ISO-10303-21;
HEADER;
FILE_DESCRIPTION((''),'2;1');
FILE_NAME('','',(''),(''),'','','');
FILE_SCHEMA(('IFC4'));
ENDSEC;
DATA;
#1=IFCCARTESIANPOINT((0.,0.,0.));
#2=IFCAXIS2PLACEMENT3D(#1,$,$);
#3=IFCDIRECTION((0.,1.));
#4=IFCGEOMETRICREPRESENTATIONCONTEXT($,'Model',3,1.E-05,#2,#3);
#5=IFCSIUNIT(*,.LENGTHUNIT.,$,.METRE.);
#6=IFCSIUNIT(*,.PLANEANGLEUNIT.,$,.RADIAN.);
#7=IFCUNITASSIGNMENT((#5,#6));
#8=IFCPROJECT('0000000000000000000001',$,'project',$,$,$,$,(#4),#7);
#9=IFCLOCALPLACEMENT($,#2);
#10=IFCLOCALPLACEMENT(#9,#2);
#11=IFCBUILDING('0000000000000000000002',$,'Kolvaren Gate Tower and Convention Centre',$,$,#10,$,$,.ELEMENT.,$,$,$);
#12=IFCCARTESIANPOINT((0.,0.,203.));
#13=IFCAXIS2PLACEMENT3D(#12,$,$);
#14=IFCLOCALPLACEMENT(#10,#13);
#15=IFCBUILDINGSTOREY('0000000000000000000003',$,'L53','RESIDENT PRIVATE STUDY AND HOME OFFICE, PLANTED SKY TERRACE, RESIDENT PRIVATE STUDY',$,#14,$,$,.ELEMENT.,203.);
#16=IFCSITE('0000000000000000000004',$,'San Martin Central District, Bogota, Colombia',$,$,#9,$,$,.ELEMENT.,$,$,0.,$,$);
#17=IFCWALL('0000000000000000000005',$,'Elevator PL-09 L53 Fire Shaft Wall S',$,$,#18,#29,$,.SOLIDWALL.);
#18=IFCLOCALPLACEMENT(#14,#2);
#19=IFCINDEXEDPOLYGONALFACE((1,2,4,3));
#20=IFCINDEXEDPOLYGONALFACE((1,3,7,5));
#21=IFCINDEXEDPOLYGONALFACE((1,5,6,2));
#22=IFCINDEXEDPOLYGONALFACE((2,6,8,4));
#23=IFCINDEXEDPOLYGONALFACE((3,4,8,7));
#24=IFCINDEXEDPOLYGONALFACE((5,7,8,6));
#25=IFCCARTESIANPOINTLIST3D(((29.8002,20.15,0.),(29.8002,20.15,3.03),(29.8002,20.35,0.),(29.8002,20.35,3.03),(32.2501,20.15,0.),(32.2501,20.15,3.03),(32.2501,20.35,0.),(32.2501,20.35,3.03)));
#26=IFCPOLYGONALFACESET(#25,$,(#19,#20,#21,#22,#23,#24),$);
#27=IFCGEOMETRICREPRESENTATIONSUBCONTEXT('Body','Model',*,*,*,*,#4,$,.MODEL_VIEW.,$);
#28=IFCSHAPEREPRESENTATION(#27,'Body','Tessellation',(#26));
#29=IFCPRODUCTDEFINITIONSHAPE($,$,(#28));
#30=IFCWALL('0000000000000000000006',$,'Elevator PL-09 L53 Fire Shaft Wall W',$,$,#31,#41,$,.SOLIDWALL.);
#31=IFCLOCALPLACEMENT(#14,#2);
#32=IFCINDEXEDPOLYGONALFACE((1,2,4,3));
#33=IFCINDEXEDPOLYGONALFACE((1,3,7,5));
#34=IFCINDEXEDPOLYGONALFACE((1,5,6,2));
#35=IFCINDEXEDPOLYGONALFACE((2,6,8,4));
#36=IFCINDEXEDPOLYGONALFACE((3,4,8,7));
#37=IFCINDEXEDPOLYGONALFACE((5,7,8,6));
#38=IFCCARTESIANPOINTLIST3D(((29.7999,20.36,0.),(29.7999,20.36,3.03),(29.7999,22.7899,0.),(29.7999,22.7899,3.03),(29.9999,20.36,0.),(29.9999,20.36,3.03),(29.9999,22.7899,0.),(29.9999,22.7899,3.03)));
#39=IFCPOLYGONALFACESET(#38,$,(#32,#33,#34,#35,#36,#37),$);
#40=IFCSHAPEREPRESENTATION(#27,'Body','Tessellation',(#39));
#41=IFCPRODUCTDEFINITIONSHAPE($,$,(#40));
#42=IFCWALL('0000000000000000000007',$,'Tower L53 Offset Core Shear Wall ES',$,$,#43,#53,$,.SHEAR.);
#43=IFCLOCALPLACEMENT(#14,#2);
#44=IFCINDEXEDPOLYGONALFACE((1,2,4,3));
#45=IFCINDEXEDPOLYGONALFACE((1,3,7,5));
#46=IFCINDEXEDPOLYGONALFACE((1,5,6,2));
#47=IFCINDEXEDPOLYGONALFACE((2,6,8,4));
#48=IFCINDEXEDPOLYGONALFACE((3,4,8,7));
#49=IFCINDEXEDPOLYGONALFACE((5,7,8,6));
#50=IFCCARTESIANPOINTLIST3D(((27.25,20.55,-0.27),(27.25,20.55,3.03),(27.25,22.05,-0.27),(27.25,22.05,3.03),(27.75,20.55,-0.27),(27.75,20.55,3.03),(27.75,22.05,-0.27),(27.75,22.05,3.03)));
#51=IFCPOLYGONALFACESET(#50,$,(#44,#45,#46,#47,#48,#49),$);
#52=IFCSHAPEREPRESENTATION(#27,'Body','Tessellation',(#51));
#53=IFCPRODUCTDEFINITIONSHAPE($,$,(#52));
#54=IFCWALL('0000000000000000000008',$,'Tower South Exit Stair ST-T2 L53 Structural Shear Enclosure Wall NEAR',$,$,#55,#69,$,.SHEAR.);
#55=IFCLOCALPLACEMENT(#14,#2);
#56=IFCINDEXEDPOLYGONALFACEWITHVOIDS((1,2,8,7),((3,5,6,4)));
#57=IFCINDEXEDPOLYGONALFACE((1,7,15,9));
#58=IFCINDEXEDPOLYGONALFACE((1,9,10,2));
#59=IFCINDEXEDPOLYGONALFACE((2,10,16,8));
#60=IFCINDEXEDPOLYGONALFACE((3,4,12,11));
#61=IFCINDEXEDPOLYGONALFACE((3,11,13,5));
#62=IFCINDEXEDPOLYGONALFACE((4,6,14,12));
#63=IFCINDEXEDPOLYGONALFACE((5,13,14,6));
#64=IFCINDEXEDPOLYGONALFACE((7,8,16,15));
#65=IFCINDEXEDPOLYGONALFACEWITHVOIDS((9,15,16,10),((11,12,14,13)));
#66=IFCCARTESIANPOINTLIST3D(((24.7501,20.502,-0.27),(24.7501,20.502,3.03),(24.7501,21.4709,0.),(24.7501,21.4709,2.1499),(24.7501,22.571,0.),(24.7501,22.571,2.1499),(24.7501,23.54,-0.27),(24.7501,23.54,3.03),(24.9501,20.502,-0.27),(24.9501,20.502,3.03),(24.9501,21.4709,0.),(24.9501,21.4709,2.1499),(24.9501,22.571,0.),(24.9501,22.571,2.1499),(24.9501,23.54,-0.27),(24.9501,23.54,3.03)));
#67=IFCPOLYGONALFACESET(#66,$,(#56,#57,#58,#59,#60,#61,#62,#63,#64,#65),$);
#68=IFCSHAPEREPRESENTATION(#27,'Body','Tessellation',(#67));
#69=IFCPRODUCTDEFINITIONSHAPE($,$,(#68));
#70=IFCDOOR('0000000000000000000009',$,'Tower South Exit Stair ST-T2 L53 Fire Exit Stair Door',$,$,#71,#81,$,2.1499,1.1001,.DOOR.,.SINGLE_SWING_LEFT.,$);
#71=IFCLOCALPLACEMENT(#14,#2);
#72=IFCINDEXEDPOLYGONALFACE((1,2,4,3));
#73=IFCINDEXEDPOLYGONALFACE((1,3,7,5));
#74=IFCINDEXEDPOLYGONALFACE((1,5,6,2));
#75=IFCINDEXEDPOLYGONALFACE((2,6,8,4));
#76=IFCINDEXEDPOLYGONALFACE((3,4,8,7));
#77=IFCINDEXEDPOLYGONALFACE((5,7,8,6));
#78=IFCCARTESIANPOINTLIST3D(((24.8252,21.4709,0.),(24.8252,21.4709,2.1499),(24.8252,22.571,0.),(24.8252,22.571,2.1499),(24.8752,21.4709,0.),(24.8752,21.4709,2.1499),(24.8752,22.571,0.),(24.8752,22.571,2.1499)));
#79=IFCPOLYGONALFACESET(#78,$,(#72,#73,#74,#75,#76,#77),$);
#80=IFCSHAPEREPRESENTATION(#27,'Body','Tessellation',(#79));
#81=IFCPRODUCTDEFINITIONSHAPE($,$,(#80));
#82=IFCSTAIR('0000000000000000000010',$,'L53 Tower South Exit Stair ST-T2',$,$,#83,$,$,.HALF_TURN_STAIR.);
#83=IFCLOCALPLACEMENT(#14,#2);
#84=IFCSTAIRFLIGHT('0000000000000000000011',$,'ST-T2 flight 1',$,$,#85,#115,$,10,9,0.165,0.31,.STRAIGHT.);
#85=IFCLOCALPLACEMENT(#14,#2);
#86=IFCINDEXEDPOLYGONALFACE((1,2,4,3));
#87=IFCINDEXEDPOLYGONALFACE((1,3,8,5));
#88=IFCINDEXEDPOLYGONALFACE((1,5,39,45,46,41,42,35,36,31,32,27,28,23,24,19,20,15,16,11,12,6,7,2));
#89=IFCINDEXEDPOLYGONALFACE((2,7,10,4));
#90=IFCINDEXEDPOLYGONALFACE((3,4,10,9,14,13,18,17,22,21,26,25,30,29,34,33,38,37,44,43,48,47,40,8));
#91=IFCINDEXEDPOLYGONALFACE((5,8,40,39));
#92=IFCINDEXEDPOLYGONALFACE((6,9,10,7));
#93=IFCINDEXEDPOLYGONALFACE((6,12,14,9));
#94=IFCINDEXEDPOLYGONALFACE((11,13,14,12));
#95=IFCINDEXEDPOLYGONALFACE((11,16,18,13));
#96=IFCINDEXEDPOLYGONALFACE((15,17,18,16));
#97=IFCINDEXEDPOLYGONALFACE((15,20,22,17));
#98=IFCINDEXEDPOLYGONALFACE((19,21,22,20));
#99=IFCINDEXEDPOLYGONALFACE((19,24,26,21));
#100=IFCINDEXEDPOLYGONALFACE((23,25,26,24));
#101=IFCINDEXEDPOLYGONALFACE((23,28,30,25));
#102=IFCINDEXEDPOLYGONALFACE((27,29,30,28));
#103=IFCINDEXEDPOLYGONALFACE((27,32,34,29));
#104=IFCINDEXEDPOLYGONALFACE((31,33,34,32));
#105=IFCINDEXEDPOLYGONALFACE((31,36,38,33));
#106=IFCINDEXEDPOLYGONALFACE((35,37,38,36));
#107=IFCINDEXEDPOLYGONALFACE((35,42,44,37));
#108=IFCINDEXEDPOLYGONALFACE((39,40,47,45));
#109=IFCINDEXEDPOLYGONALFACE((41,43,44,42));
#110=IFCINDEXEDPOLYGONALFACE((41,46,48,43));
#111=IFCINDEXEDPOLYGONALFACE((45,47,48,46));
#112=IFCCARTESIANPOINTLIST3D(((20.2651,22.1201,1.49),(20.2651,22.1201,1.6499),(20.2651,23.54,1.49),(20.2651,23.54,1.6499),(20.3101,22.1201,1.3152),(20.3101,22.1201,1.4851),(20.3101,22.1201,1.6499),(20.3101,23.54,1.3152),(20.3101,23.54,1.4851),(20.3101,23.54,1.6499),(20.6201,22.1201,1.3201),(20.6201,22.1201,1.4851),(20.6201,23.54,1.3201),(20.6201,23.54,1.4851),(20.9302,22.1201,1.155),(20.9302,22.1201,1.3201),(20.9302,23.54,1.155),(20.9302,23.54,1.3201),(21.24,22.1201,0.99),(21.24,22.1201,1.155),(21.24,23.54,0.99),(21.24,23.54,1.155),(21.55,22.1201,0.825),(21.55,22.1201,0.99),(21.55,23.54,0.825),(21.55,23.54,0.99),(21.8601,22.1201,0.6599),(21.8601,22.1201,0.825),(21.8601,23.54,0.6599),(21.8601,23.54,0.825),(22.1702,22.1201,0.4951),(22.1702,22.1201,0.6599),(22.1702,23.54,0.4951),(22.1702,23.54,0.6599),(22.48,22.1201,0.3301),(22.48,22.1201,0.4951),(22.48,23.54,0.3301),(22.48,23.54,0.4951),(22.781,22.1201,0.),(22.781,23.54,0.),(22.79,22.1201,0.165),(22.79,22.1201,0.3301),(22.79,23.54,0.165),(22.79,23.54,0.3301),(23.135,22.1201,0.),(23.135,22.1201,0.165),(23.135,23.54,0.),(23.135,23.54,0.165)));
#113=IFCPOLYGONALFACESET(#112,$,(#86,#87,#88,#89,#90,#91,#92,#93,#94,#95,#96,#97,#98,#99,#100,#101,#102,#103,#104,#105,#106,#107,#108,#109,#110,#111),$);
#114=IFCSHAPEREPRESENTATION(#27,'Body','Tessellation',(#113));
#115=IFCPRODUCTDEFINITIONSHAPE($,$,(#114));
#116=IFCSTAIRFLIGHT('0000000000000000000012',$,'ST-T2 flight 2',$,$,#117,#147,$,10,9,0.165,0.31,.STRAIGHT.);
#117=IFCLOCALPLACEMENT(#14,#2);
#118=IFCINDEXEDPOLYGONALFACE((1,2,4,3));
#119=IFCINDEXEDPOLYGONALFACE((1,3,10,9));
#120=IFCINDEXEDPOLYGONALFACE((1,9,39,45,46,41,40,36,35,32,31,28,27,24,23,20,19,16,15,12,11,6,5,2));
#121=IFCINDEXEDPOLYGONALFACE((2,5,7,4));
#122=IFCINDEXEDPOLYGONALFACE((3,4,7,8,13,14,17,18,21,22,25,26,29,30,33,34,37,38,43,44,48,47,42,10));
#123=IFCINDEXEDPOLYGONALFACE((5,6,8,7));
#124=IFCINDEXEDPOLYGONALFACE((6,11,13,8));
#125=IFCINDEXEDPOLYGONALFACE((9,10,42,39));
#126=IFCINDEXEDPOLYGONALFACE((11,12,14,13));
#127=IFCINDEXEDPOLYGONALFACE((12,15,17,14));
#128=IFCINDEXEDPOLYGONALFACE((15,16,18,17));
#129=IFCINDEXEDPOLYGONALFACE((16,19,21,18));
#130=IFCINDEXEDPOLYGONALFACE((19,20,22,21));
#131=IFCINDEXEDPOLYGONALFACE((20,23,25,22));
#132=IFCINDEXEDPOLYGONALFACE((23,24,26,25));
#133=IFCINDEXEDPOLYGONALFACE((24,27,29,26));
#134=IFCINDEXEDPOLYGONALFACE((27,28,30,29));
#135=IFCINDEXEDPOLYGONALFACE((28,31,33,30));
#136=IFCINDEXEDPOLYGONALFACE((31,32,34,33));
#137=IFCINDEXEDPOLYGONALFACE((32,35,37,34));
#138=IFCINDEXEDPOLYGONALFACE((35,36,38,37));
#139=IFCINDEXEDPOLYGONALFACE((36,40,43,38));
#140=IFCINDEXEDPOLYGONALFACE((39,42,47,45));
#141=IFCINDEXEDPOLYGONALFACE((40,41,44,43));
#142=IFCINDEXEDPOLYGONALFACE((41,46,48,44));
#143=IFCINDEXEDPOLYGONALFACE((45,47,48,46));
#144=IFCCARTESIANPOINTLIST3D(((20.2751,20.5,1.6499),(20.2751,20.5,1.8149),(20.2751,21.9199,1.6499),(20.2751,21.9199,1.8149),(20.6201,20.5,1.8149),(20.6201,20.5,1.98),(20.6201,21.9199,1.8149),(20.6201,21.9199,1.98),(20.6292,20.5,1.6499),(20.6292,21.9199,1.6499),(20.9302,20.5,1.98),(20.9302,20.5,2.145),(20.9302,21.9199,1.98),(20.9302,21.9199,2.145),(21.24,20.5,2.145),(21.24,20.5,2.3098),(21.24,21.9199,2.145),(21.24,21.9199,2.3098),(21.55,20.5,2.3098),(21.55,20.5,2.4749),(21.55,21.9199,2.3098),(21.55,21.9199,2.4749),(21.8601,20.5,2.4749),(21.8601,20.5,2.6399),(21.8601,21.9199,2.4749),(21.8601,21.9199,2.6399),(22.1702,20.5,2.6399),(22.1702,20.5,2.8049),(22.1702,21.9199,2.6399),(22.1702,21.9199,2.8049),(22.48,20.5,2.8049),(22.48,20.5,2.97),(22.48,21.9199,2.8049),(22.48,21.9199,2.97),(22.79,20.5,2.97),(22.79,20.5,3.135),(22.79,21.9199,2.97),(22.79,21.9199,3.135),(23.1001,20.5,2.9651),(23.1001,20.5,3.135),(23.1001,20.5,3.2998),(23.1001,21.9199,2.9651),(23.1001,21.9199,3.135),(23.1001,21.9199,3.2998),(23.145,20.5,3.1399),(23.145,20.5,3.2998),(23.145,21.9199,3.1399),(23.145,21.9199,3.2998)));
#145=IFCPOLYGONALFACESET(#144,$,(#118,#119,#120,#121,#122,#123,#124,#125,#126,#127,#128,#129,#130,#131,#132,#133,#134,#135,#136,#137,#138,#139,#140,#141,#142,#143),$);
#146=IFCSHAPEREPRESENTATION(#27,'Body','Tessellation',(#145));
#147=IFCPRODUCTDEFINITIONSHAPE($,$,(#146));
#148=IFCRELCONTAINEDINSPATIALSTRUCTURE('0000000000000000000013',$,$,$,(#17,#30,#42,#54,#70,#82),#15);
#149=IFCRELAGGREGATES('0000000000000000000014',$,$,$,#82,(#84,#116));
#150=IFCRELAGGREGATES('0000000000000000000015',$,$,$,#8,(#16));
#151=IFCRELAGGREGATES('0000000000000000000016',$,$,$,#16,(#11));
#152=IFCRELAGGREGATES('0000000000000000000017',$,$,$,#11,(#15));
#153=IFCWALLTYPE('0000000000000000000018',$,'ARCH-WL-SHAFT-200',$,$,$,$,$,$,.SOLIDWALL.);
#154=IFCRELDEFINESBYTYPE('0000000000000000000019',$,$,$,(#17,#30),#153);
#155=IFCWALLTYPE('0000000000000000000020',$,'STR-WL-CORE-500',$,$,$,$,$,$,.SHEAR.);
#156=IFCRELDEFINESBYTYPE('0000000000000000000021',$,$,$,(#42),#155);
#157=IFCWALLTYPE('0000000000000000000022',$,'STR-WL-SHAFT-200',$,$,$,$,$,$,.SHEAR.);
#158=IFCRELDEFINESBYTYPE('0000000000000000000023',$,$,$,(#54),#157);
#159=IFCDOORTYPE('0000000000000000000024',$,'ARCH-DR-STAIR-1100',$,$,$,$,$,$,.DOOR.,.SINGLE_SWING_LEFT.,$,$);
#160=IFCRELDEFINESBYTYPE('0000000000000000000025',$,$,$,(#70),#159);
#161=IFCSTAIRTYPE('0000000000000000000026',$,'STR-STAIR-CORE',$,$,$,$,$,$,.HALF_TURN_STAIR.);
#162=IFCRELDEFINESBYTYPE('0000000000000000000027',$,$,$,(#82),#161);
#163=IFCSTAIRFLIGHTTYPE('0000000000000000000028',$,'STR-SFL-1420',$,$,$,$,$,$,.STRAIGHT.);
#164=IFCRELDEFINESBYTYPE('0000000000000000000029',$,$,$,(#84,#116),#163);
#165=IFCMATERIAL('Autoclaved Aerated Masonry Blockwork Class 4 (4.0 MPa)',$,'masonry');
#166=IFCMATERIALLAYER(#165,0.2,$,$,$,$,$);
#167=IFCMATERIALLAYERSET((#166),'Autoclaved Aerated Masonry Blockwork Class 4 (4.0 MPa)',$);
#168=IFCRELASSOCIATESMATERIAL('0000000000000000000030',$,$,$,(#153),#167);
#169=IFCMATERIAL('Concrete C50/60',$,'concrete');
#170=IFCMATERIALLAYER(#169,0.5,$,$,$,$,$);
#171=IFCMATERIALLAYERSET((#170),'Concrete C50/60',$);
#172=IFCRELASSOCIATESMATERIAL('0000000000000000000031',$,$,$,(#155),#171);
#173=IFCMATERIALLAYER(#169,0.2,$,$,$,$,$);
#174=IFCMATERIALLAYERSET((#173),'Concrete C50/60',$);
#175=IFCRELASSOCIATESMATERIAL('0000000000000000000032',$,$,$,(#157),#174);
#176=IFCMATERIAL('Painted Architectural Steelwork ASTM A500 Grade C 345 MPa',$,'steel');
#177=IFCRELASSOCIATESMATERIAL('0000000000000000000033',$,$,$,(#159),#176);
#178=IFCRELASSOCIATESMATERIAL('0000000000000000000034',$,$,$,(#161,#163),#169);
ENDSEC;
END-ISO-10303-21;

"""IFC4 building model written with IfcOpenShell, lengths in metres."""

from ifc_helpers import new_model, si_unit, direction, frame, frame_2d, origin, place, context, subcontext, project, spatial, polyline, rectangle, outline, extrude, material, layer, layer_set, type_object, element, fill, aggregate, save


model = new_model("IFC4")

# Units and contexts
model_context = context("Model", 3, precision=1e-05, world=origin(), true_north=direction((0.0, 1.0)))
body_context = subcontext(model_context, "Body", "Model", "MODEL_VIEW")
ifc_project = project(units=[si_unit("LENGTHUNIT", "METRE"), si_unit("PLANEANGLEUNIT", "RADIAN")], contexts=[model_context])

# Site, building, storey
site_placement = place(None, origin())
site = spatial("IfcSite", under=ifc_project, at=site_placement, Name="San Martin Central District, Bogota, Colombia", CompositionType="ELEMENT", RefElevation=0.0)
building_placement = place(site_placement, origin())
building = spatial("IfcBuilding", under=site, at=building_placement, Name="Kolvaren Gate Tower and Convention Centre", CompositionType="ELEMENT")
storey_placement = place(building_placement, frame((0.0, 0.0, 203.0)))
storey = spatial("IfcBuildingStorey", under=building, at=storey_placement, Name="L53", Description="RESIDENT PRIVATE STUDY AND HOME OFFICE, PLANTED SKY TERRACE, RESIDENT PRIVATE STUDY", CompositionType="ELEMENT", Elevation=203.0)

# Shared definitions
ifc_material_1 = material(Name="Autoclaved Aerated Masonry Blockwork Class 4 (4.0 MPa)", Category="masonry")

# Shared definitions
ifc_material_2 = material(Name="Painted Architectural Steelwork ASTM A500 Grade C 345 MPa", Category="steel")

# Shared definitions
ifc_layer_1 = layer(ifc_material_1, 0.2)
ifc_layer_set_1 = layer_set([ifc_layer_1], Name="Autoclaved Aerated Masonry Blockwork Class 4 (4.0 MPa)")
wall_type_1 = type_object("IfcWallType", Name="ARCH-WL-SHAFT-200", PredefinedType="SOLIDWALL", material=ifc_layer_set_1)

# Walls
wall_1_placement = place(storey_placement, frame((29.8, 20.25, 0.0), z_axis=(0.0, 0.0, 1.0), x_axis=(1.0, 0.0, 0.0)))
element("IfcWall", 1, at=wall_1_placement, inside=storey, type_object=wall_type_1, Name="Elevator PL-09 L53 Fire Shaft Wall S", PredefinedType="SOLIDWALL", context=body_context, shape_type="SweptSolid", body=[
    extrude(rectangle(XDim=2.45, YDim=0.2, at=frame_2d((1.2251, 0.0))), origin(), (0.0, 0.0, 1.0), 3.03),
])
wall_2_placement = place(storey_placement, frame((29.8999, 20.3601, 0.0), z_axis=(0.0, 0.0, 1.0), x_axis=(0.0, 1.0, 0.0)))
element("IfcWall", 2, at=wall_2_placement, inside=storey, type_object=wall_type_1, Name="Elevator PL-09 L53 Fire Shaft Wall W", PredefinedType="SOLIDWALL", context=body_context, shape_type="SweptSolid", body=[
    extrude(rectangle(XDim=2.4299, YDim=0.2, at=frame_2d((1.2148, 0.0))), origin(), (0.0, 0.0, 1.0), 3.03),
])
ifc_material_3 = material(Name="Concrete C50/60", Category="concrete")
ifc_layer_2 = layer(ifc_material_3, 0.5)
ifc_layer_set_2 = layer_set([ifc_layer_2], Name="Concrete C50/60")
wall_type_2 = type_object("IfcWallType", Name="STR-WL-CORE-500", PredefinedType="SHEAR", material=ifc_layer_set_2)
wall_3_placement = place(storey_placement, frame((27.5, 20.55, -0.27), z_axis=(0.0, 0.0, 1.0), x_axis=(0.0, 1.0, 0.0)))
element("IfcWall", 3, at=wall_3_placement, inside=storey, type_object=wall_type_2, Name="Tower L53 Offset Core Shear Wall ES", PredefinedType="SHEAR", context=body_context, shape_type="SweptSolid", body=[
    extrude(rectangle(XDim=1.5, YDim=0.5, at=frame_2d((0.75, 0.0))), origin(), (0.0, 0.0, 1.0), 3.3),
])

# Wall, opening, door
ifc_layer_3 = layer(ifc_material_3, 0.2)
ifc_layer_set_3 = layer_set([ifc_layer_3], Name="Concrete C50/60")
wall_type_3 = type_object("IfcWallType", Name="STR-WL-SHAFT-200", PredefinedType="SHEAR", material=ifc_layer_set_3)
wall_4_placement = place(storey_placement, frame((24.8501, 20.502, -0.27), z_axis=(0.0, 0.0, 1.0), x_axis=(0.0, 1.0, 0.0)))
wall_4 = element("IfcWall", 4, at=wall_4_placement, inside=storey, type_object=wall_type_3, Name="Tower South Exit Stair ST-T2 L53 Structural Shear Enclosure Wall NEAR", PredefinedType="SHEAR", context=body_context, shape_type="SweptSolid", body=[
    extrude(rectangle(XDim=3.0381, YDim=0.2, at=frame_2d((1.519, 0.0))), origin(), (0.0, 0.0, 1.0), 3.3),
])
opening_1_placement = place(wall_4_placement, frame((0.969, 0.0, 0.27)))
opening_1 = element("IfcOpeningElement", 5, at=opening_1_placement, cuts=wall_4, PredefinedType="OPENING", context=body_context, shape_type="SweptSolid", body=[
    extrude(rectangle(XDim=1.1001, YDim=2.1499, at=frame_2d((0.55, 1.075))), frame((0.0, 0.1099, 0.0), z_axis=(0.0, -1.0, 0.0), x_axis=(1.0, 0.0, 0.0)), (0.0, 0.0, 1.0), 0.22),
])
door_type_1 = type_object("IfcDoorType", Name="ARCH-DR-STAIR-1100", OperationType="SINGLE_SWING_LEFT", PredefinedType="DOOR", material=ifc_material_2)
door_1_placement = place(opening_1_placement, origin())
door_1 = element("IfcDoor", 6, at=door_1_placement, inside=storey, type_object=door_type_1, Name="Tower South Exit Stair ST-T2 L53 Fire Exit Stair Door", OperationType="SINGLE_SWING_LEFT", OverallHeight=2.1499, OverallWidth=1.1001, PredefinedType="DOOR", context=body_context, shape_type="SweptSolid", body=[
    extrude(rectangle(XDim=1.1001, YDim=2.1499, at=frame_2d((0.55, 1.075))), frame((0.0, 0.0249, 0.0), z_axis=(0.0, -1.0, 0.0), x_axis=(1.0, 0.0, 0.0)), (0.0, 0.0, 1.0), 0.05),
])
fill(opening_1, door_1)

# Stair, stair flights
stair_type = type_object("IfcStairType", Name="STR-STAIR-CORE", PredefinedType="HALF_TURN_STAIR", material=ifc_material_3)
stair_placement = place(storey_placement, origin())
stair = element("IfcStair", 7, at=stair_placement, inside=storey, type_object=stair_type, Name="L53 Tower South Exit Stair ST-T2", PredefinedType="HALF_TURN_STAIR")
stair_flight_type = type_object("IfcStairFlightType", Name="STR-SFL-1420", PredefinedType="STRAIGHT", material=ifc_material_3)
stair_flight_1_placement = place(storey_placement, frame((23.1001, 22.8301, 0.0), z_axis=(0.0, 0.0, 1.0), x_axis=(-1.0, 0.0, 0.0)))
stair_flight_1 = element("IfcStairFlight", 8, at=stair_flight_1_placement, type_object=stair_flight_type, Name="ST-T2 flight 1", NumberOfRisers=10, NumberOfTreads=9, PredefinedType="STRAIGHT", RiserHeight=0.165, TreadLength=0.31, context=body_context, shape_type="SweptSolid", body=[
    extrude(outline(polyline([(-0.0349, 0.0), (-0.0349, 0.165), (0.3101, 0.165), (0.3101, 0.3301), (0.6201, 0.3301), (0.6201, 0.4951), (0.9299, 0.4951), (0.9299, 0.6599), (1.24, 0.6599), (1.24, 0.825), (1.55, 0.825), (1.55, 0.99), (1.8601, 0.99), (1.8601, 1.155), (2.1699, 1.155), (2.1699, 1.3201), (2.48, 1.3201), (2.48, 1.4851), (2.79, 1.4851), (2.79, 1.6499), (2.835, 1.6499), (2.835, 1.49), (2.79, 1.3152), (0.3191, 0.0), (-0.0349, 0.0)])), frame((0.0, 0.71, 0.0), z_axis=(0.0, -1.0, 0.0), x_axis=(1.0, 0.0, 0.0)), (0.0, 0.0, 1.0), 1.4199),
])
stair_flight_2_placement = place(storey_placement, frame((20.3101, 21.21, 1.6499), z_axis=(0.0, 0.0, 1.0), x_axis=(1.0, 0.0, 0.0)))
stair_flight_2 = element("IfcStairFlight", 9, at=stair_flight_2_placement, type_object=stair_flight_type, Name="ST-T2 flight 2", NumberOfRisers=10, NumberOfTreads=9, PredefinedType="STRAIGHT", RiserHeight=0.165, TreadLength=0.31, context=body_context, shape_type="SweptSolid", body=[
    extrude(outline(polyline([(-0.0349, 0.0), (-0.0349, 0.165), (0.3101, 0.165), (0.3101, 0.3301), (0.6201, 0.3301), (0.6201, 0.4951), (0.9299, 0.4951), (0.9299, 0.6599), (1.24, 0.6599), (1.24, 0.825), (1.55, 0.825), (1.55, 0.99), (1.8601, 0.99), (1.8601, 1.155), (2.1699, 1.155), (2.1699, 1.3201), (2.48, 1.3201), (2.48, 1.4851), (2.79, 1.4851), (2.79, 1.6499), (2.835, 1.6499), (2.835, 1.49), (2.79, 1.3152), (0.3191, 0.0), (-0.0349, 0.0)])), frame((0.0, 0.71, 0.0), z_axis=(0.0, -1.0, 0.0), x_axis=(1.0, 0.0, 0.0)), (0.0, 0.0, 1.0), 1.4199),
])
aggregate(stair, [stair_flight_1, stair_flight_2])

save(model, "model.ifc")
